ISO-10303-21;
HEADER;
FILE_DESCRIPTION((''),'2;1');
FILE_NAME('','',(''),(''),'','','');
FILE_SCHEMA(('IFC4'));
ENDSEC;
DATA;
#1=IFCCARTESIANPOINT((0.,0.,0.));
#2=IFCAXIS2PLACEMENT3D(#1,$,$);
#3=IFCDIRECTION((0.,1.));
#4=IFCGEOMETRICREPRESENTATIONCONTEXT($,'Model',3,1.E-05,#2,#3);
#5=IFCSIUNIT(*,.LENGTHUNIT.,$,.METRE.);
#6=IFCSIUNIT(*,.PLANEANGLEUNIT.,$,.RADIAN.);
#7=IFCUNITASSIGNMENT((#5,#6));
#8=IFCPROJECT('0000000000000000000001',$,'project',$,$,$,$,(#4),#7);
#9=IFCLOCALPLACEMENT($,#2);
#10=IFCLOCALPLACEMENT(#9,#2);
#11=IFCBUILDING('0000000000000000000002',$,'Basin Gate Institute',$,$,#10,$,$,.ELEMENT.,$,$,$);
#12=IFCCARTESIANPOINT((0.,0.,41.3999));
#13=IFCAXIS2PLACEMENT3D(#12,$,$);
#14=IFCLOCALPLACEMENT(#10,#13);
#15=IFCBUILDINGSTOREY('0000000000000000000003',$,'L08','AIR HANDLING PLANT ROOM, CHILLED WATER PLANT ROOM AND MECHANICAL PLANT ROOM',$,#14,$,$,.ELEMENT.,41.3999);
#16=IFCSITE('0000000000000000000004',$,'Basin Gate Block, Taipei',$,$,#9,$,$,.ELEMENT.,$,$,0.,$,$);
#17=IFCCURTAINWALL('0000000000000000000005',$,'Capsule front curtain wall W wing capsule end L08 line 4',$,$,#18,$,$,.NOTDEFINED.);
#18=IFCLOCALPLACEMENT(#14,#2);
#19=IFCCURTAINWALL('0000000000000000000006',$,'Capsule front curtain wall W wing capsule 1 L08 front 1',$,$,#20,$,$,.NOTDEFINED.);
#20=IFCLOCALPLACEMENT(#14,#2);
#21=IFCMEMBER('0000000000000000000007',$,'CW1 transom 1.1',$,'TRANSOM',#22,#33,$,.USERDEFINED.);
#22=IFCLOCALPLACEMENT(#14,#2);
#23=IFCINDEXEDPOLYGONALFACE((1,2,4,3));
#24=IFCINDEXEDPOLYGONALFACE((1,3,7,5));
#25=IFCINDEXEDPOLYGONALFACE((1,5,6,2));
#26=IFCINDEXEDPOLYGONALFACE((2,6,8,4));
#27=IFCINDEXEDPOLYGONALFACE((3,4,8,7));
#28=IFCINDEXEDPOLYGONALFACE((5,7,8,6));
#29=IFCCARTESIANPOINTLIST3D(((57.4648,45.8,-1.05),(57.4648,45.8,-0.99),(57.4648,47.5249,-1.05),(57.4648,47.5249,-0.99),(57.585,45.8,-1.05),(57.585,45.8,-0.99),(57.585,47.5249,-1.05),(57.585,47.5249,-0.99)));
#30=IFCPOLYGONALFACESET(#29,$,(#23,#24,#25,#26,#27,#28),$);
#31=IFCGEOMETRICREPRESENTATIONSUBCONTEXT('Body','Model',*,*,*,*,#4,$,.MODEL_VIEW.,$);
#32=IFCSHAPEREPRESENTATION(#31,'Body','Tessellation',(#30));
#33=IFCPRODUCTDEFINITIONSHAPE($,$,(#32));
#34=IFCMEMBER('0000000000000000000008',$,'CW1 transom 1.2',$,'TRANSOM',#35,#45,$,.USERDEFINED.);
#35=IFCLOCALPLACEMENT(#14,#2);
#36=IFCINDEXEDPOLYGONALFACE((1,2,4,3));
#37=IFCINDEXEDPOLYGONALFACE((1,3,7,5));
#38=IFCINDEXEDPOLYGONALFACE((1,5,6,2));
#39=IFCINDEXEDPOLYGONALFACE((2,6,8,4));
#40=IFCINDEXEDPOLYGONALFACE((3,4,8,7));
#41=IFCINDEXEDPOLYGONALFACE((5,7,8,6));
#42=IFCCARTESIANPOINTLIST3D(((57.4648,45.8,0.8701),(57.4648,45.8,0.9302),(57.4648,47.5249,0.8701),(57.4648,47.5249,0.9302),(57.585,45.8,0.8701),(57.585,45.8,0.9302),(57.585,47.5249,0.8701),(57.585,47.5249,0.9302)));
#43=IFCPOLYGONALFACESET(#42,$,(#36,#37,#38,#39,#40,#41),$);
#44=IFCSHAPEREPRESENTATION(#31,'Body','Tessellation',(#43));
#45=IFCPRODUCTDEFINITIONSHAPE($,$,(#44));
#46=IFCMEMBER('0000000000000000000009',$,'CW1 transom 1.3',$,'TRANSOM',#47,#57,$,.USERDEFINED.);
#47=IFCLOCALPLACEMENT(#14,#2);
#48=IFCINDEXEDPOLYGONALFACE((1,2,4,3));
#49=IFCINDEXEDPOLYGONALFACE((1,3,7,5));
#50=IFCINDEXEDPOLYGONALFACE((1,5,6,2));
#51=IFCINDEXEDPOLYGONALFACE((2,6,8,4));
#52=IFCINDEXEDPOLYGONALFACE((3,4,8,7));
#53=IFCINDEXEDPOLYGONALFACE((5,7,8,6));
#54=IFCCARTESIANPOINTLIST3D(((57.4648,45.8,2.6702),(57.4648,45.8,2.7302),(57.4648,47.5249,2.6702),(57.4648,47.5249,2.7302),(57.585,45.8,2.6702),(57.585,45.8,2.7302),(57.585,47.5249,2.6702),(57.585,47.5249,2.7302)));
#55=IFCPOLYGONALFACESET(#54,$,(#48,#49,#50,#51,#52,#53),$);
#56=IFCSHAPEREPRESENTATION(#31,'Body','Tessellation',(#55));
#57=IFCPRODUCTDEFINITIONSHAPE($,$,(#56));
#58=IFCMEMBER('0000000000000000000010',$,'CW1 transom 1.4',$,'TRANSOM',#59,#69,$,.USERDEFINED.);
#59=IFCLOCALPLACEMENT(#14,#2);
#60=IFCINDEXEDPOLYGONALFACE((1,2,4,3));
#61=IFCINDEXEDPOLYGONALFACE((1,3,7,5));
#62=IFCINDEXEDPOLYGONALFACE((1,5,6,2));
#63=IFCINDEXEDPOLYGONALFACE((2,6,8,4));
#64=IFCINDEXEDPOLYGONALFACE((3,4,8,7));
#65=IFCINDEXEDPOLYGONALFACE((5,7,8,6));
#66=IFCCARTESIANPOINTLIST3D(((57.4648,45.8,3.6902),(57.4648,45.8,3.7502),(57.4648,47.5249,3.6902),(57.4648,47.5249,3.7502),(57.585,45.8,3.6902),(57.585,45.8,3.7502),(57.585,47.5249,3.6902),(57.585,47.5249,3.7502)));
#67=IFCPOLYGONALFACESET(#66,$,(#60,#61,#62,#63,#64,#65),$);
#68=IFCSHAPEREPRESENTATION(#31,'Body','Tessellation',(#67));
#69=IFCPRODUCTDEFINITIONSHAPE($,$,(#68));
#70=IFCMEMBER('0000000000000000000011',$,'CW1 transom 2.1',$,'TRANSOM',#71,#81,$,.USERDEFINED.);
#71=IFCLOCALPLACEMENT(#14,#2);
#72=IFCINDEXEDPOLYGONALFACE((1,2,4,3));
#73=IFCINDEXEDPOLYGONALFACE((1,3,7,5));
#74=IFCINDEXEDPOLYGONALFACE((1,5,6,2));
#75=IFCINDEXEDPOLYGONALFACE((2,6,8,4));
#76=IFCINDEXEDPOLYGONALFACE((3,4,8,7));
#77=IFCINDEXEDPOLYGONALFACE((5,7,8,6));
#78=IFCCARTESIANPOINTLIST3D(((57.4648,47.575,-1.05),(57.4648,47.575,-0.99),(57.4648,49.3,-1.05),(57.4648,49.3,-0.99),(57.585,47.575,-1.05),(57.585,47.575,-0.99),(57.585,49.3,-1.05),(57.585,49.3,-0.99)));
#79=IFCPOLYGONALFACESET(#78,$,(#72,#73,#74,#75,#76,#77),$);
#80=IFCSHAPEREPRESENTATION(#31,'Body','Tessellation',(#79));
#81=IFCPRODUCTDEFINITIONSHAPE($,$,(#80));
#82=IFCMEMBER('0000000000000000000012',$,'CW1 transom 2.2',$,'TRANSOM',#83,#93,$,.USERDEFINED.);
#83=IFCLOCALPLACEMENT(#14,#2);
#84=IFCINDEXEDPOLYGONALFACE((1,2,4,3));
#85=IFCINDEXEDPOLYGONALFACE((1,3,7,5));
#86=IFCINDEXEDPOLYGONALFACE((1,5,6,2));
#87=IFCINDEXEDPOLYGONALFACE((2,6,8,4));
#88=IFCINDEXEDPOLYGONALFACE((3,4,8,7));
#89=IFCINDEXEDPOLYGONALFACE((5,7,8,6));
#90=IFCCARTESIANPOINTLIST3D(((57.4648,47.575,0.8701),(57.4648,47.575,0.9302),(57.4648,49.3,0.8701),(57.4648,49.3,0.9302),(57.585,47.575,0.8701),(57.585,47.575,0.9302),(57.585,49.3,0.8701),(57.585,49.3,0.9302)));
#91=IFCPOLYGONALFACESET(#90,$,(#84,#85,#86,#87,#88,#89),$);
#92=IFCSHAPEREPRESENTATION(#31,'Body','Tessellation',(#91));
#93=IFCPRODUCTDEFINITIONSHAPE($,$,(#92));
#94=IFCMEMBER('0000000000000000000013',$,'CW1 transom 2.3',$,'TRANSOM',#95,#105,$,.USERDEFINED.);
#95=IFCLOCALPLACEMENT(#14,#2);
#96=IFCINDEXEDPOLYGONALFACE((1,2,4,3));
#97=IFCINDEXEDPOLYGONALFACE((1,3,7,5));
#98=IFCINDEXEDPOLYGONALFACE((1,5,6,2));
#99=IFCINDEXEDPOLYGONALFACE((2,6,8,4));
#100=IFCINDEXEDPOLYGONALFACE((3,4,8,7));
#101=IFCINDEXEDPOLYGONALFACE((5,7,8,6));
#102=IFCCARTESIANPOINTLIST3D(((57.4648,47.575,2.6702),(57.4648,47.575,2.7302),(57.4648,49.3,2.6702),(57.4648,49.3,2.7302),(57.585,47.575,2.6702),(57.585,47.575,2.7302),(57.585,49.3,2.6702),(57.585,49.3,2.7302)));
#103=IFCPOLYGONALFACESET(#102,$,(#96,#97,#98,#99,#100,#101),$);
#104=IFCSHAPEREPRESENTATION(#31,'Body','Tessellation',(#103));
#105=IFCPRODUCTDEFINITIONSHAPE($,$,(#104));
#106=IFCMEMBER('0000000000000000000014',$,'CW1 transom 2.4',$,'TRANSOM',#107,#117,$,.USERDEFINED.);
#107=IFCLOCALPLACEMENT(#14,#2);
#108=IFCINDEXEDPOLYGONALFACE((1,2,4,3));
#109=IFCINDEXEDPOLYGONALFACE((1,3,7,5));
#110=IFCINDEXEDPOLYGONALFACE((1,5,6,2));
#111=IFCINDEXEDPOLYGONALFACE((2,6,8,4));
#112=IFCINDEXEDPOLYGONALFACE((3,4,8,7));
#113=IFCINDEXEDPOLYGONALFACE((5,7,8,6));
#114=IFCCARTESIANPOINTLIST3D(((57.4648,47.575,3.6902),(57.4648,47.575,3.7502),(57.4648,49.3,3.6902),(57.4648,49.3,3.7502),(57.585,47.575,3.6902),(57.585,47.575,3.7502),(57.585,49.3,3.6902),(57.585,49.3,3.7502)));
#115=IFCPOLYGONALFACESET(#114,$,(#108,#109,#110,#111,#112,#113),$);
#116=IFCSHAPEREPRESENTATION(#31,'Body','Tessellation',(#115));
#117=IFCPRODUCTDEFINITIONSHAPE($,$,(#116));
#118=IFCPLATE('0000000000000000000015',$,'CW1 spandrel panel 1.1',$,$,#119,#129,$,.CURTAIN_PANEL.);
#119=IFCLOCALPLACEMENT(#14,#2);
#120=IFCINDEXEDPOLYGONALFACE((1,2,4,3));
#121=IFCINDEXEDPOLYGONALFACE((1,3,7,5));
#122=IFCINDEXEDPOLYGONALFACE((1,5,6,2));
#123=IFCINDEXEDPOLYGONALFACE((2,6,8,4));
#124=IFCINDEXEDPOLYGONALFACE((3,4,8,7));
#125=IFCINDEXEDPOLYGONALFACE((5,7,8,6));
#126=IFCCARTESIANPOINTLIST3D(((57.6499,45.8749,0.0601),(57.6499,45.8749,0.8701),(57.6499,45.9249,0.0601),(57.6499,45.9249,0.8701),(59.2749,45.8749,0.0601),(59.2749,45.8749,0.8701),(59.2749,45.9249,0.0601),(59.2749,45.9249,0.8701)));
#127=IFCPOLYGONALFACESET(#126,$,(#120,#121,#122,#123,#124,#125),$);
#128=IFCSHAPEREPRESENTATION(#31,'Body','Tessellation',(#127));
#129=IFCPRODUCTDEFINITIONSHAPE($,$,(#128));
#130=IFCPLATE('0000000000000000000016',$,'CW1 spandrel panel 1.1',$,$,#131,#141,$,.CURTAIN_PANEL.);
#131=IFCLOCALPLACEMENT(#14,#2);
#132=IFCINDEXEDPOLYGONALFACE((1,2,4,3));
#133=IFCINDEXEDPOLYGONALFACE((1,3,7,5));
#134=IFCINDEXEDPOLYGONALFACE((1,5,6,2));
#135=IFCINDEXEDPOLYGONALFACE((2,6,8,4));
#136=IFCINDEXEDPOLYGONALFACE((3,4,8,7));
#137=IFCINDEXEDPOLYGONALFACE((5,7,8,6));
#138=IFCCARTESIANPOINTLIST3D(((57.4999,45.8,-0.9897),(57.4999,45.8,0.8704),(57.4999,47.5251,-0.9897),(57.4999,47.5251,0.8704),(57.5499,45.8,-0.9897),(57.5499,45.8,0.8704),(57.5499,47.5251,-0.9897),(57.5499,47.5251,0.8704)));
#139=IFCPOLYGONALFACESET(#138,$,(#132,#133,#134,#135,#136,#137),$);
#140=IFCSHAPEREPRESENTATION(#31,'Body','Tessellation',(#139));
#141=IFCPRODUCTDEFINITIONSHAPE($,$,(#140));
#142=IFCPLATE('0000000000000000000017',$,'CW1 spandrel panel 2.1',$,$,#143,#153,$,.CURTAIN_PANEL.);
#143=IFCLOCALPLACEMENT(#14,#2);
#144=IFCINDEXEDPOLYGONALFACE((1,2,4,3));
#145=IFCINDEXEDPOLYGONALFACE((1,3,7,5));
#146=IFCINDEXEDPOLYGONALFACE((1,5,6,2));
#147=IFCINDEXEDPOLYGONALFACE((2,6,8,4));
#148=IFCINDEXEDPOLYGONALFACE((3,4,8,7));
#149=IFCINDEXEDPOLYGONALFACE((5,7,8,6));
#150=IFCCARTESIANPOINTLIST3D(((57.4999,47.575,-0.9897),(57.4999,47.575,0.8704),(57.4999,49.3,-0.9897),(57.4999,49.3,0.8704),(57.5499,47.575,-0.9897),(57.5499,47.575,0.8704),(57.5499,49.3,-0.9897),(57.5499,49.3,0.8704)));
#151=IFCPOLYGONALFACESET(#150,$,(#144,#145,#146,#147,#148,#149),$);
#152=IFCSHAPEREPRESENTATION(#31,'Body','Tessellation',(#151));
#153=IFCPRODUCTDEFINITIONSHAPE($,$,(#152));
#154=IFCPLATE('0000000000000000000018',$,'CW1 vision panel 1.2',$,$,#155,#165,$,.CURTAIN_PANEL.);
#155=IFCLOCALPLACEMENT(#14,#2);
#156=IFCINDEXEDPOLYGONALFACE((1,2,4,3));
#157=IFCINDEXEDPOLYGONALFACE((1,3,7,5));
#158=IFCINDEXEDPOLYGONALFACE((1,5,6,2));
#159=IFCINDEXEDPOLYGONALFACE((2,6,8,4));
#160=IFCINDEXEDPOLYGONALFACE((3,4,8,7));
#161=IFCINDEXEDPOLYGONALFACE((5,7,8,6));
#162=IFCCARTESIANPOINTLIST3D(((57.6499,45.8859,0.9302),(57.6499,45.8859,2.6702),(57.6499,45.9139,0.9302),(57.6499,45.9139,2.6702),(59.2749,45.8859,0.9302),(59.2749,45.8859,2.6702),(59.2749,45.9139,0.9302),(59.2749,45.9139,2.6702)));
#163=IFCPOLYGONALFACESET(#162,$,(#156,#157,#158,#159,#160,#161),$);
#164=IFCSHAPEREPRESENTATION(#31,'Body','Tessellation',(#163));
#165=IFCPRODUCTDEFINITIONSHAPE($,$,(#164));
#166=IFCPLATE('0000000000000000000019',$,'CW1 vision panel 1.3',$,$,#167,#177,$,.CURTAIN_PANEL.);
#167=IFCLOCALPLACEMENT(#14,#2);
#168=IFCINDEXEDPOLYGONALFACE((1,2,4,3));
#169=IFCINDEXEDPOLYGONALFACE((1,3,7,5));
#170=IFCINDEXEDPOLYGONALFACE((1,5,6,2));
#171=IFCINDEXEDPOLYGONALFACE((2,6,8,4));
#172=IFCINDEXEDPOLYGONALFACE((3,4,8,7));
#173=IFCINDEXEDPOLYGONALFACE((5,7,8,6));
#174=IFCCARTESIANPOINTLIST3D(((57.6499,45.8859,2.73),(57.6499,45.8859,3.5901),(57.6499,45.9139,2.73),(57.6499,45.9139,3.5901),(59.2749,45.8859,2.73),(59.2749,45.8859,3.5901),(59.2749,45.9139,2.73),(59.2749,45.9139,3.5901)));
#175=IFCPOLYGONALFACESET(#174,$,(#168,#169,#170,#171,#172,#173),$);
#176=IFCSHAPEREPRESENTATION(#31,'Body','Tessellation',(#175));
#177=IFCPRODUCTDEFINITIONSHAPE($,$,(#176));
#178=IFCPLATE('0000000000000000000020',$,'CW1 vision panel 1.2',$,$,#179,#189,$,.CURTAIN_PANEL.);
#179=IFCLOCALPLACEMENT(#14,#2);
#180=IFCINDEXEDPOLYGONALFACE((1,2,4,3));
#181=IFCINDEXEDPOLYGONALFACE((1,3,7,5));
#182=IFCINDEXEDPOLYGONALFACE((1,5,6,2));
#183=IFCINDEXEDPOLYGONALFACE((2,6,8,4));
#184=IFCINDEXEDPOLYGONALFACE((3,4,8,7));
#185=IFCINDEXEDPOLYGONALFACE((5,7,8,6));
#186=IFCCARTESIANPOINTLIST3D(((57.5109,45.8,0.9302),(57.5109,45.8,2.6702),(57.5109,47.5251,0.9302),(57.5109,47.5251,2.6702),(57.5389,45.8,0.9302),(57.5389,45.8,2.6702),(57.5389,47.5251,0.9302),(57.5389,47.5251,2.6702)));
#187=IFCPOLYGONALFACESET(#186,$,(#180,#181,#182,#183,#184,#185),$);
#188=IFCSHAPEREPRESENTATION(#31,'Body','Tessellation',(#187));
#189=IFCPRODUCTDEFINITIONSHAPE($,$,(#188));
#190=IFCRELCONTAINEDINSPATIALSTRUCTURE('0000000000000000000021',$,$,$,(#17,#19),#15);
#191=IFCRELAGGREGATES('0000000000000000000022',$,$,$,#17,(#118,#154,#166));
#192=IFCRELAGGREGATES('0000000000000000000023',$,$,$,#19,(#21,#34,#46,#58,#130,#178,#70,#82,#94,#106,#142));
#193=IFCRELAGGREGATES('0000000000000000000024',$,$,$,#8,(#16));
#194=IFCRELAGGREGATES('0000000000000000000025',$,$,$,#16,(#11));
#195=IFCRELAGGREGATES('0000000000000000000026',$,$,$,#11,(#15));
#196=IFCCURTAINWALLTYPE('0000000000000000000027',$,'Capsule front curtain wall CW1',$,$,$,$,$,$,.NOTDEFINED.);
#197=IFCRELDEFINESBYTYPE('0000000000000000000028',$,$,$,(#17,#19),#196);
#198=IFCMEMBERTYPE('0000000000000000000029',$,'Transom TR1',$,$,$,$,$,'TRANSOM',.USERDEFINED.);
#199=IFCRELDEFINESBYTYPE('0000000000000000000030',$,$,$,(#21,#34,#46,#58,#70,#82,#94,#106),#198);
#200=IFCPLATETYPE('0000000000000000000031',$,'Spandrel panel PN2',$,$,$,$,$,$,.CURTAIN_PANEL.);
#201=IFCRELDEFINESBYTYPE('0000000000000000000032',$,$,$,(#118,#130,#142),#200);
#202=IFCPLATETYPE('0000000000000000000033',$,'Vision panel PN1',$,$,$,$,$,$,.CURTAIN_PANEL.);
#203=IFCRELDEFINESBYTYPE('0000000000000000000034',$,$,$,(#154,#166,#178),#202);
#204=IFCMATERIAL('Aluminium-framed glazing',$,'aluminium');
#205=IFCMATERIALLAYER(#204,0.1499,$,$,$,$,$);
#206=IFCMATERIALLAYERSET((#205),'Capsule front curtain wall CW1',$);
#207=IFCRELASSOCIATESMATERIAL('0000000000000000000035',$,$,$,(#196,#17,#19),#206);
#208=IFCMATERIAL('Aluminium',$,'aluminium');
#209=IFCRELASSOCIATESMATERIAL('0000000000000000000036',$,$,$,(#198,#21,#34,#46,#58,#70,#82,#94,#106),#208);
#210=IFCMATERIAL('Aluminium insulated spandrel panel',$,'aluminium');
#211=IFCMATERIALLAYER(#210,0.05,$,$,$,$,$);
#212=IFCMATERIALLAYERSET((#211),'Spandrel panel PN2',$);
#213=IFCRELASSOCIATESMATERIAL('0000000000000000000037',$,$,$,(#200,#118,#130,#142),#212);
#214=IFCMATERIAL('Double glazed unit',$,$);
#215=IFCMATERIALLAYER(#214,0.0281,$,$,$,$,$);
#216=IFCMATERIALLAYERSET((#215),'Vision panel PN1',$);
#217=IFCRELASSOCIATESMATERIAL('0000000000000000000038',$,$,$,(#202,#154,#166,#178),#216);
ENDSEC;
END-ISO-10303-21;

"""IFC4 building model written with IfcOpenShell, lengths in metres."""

from ifc_helpers import new_model, si_unit, direction, frame, origin, origin_2d, place, context, subcontext, project, spatial, rectangle, extrude, material, layer, layer_set, material_profile, profile_set, type_object, element, aggregate, save


model = new_model("IFC4")

# Units and contexts
model_context = context("Model", 3, precision=1e-05, world=origin(), true_north=direction((0.0, 1.0)))
body_context = subcontext(model_context, "Body", "Model", "MODEL_VIEW")
ifc_project = project(units=[si_unit("LENGTHUNIT", "METRE"), si_unit("PLANEANGLEUNIT", "RADIAN")], contexts=[model_context])

# Site, building, storey
site_placement = place(None, origin())
site = spatial("IfcSite", under=ifc_project, at=site_placement, Name="Basin Gate Block, Taipei", CompositionType="ELEMENT", RefElevation=0.0)
building_placement = place(site_placement, origin())
building = spatial("IfcBuilding", under=site, at=building_placement, Name="Basin Gate Institute", CompositionType="ELEMENT")
storey_placement = place(building_placement, frame((0.0, 0.0, 41.3999)))
storey = spatial("IfcBuildingStorey", under=building, at=storey_placement, Name="L08", Description="AIR HANDLING PLANT ROOM, CHILLED WATER PLANT ROOM AND MECHANICAL PLANT ROOM", CompositionType="ELEMENT", Elevation=41.3999)

# Curtain walls
ifc_material_1 = material(Name="Aluminium-framed glazing", Category="aluminium")
ifc_layer_1 = layer(ifc_material_1, 0.1499)
ifc_layer_set_1 = layer_set([ifc_layer_1], Name="Capsule front curtain wall CW1")
curtain_wall_type = type_object("IfcCurtainWallType", Name="Capsule front curtain wall CW1", PredefinedType="NOTDEFINED", material=ifc_layer_set_1)
curtain_wall_1_placement = place(storey_placement, origin())
curtain_wall_1 = element("IfcCurtainWall", 1, at=curtain_wall_1_placement, inside=storey, type_object=curtain_wall_type, material=ifc_layer_set_1, Name="Capsule front curtain wall W wing capsule end L08 line 4", PredefinedType="NOTDEFINED")
curtain_wall_2_placement = place(storey_placement, origin())
curtain_wall_2 = element("IfcCurtainWall", 2, at=curtain_wall_2_placement, inside=storey, type_object=curtain_wall_type, material=ifc_layer_set_1, Name="Capsule front curtain wall W wing capsule 1 L08 front 1", PredefinedType="NOTDEFINED")

# Members
ifc_material_2 = material(Name="Aluminium", Category="aluminium")
ifc_material_profile_1 = material_profile(ifc_material_2, rectangle(XDim=0.1201, YDim=0.0601, at=origin_2d()), Name="Transom TR1 120 x 60")
ifc_profile_set_1 = profile_set([ifc_material_profile_1], Name="Aluminium")
member_type_1 = type_object("IfcMemberType", Name="Transom TR1", ElementType="TRANSOM", PredefinedType="USERDEFINED", material=ifc_profile_set_1)
member_1_placement = place(storey_placement, frame((57.5249, 45.8, -1.02), z_axis=(0.0, 1.0, 0.0), x_axis=(-1.0, 0.0, 0.0)))
member_1 = element("IfcMember", 3, at=member_1_placement, type_object=member_type_1, material=ifc_profile_set_1, Name="CW1 transom 1.1", ObjectType="TRANSOM", PredefinedType="USERDEFINED", context=body_context, shape_type="SweptSolid", body=[
    extrude(rectangle(XDim=0.1201, YDim=0.0601, at=origin_2d()), origin(), (0.0, 0.0, 1.0), 1.7249),
])
member_2_placement = place(storey_placement, frame((57.5249, 45.8, 0.9001), z_axis=(0.0, 1.0, 0.0), x_axis=(-1.0, 0.0, 0.0)))
member_2 = element("IfcMember", 4, at=member_2_placement, type_object=member_type_1, material=ifc_profile_set_1, Name="CW1 transom 1.2", ObjectType="TRANSOM", PredefinedType="USERDEFINED", context=body_context, shape_type="SweptSolid", body=[
    extrude(rectangle(XDim=0.1201, YDim=0.0601, at=origin_2d()), origin(), (0.0, 0.0, 1.0), 1.7249),
])
member_3_placement = place(storey_placement, frame((57.5249, 45.8, 2.7002), z_axis=(0.0, 1.0, 0.0), x_axis=(-1.0, 0.0, 0.0)))
member_3 = element("IfcMember", 5, at=member_3_placement, type_object=member_type_1, material=ifc_profile_set_1, Name="CW1 transom 1.3", ObjectType="TRANSOM", PredefinedType="USERDEFINED", context=body_context, shape_type="SweptSolid", body=[
    extrude(rectangle(XDim=0.1201, YDim=0.0601, at=origin_2d()), origin(), (0.0, 0.0, 1.0), 1.7249),
])
member_4_placement = place(storey_placement, frame((57.5249, 45.8, 3.7202), z_axis=(0.0, 1.0, 0.0), x_axis=(-1.0, 0.0, 0.0)))
member_4 = element("IfcMember", 6, at=member_4_placement, type_object=member_type_1, material=ifc_profile_set_1, Name="CW1 transom 1.4", ObjectType="TRANSOM", PredefinedType="USERDEFINED", context=body_context, shape_type="SweptSolid", body=[
    extrude(rectangle(XDim=0.1201, YDim=0.0601, at=origin_2d()), origin(), (0.0, 0.0, 1.0), 1.7249),
])
member_5_placement = place(storey_placement, frame((57.5249, 47.575, -1.02), z_axis=(0.0, 1.0, 0.0), x_axis=(-1.0, 0.0, 0.0)))
member_5 = element("IfcMember", 7, at=member_5_placement, type_object=member_type_1, material=ifc_profile_set_1, Name="CW1 transom 2.1", ObjectType="TRANSOM", PredefinedType="USERDEFINED", context=body_context, shape_type="SweptSolid", body=[
    extrude(rectangle(XDim=0.1201, YDim=0.0601, at=origin_2d()), origin(), (0.0, 0.0, 1.0), 1.7251),
])
member_6_placement = place(storey_placement, frame((57.5249, 47.575, 0.9001), z_axis=(0.0, 1.0, 0.0), x_axis=(-1.0, 0.0, 0.0)))
member_6 = element("IfcMember", 8, at=member_6_placement, type_object=member_type_1, material=ifc_profile_set_1, Name="CW1 transom 2.2", ObjectType="TRANSOM", PredefinedType="USERDEFINED", context=body_context, shape_type="SweptSolid", body=[
    extrude(rectangle(XDim=0.1201, YDim=0.0601, at=origin_2d()), origin(), (0.0, 0.0, 1.0), 1.7251),
])
member_7_placement = place(storey_placement, frame((57.5249, 47.575, 2.7002), z_axis=(0.0, 1.0, 0.0), x_axis=(-1.0, 0.0, 0.0)))
member_7 = element("IfcMember", 9, at=member_7_placement, type_object=member_type_1, material=ifc_profile_set_1, Name="CW1 transom 2.3", ObjectType="TRANSOM", PredefinedType="USERDEFINED", context=body_context, shape_type="SweptSolid", body=[
    extrude(rectangle(XDim=0.1201, YDim=0.0601, at=origin_2d()), origin(), (0.0, 0.0, 1.0), 1.7251),
])
member_8_placement = place(storey_placement, frame((57.5249, 47.575, 3.7202), z_axis=(0.0, 1.0, 0.0), x_axis=(-1.0, 0.0, 0.0)))
member_8 = element("IfcMember", 10, at=member_8_placement, type_object=member_type_1, material=ifc_profile_set_1, Name="CW1 transom 2.4", ObjectType="TRANSOM", PredefinedType="USERDEFINED", context=body_context, shape_type="SweptSolid", body=[
    extrude(rectangle(XDim=0.1201, YDim=0.0601, at=origin_2d()), origin(), (0.0, 0.0, 1.0), 1.7251),
])

# Plates
ifc_material_3 = material(Name="Aluminium insulated spandrel panel", Category="aluminium")
ifc_layer_2 = layer(ifc_material_3, 0.05)
ifc_layer_set_2 = layer_set([ifc_layer_2], Name="Spandrel panel PN2")
plate_type_1 = type_object("IfcPlateType", Name="Spandrel panel PN2", PredefinedType="CURTAIN_PANEL", material=ifc_layer_set_2)
plate_1_placement = place(storey_placement, frame((58.4624, 45.8999, 0.0601), z_axis=(0.0, 0.0, 1.0), x_axis=(1.0, 0.0, 0.0)))
plate_1 = element("IfcPlate", 11, at=plate_1_placement, type_object=plate_type_1, material=ifc_layer_set_2, Name="CW1 spandrel panel 1.1", PredefinedType="CURTAIN_PANEL", context=body_context, shape_type="SweptSolid", body=[
    extrude(rectangle(XDim=1.625, YDim=0.05, at=origin_2d()), origin(), (0.0, 0.0, 1.0), 0.8101),
])
plate_2_placement = place(storey_placement, frame((57.5249, 46.6626, -0.9897), z_axis=(0.0, 0.0, 1.0), x_axis=(0.0, 1.0, 0.0)))
plate_2 = element("IfcPlate", 12, at=plate_2_placement, type_object=plate_type_1, material=ifc_layer_set_2, Name="CW1 spandrel panel 1.1", PredefinedType="CURTAIN_PANEL", context=body_context, shape_type="SweptSolid", body=[
    extrude(rectangle(XDim=1.7251, YDim=0.05, at=origin_2d()), origin(), (0.0, 0.0, 1.0), 1.8601),
])
plate_3_placement = place(storey_placement, frame((57.5249, 48.4375, -0.9897), z_axis=(0.0, 0.0, 1.0), x_axis=(0.0, 1.0, 0.0)))
plate_3 = element("IfcPlate", 13, at=plate_3_placement, type_object=plate_type_1, material=ifc_layer_set_2, Name="CW1 spandrel panel 2.1", PredefinedType="CURTAIN_PANEL", context=body_context, shape_type="SweptSolid", body=[
    extrude(rectangle(XDim=1.7251, YDim=0.05, at=origin_2d()), origin(), (0.0, 0.0, 1.0), 1.8601),
])
ifc_material_4 = material(Name="Double glazed unit")
ifc_layer_3 = layer(ifc_material_4, 0.0281)
ifc_layer_set_3 = layer_set([ifc_layer_3], Name="Vision panel PN1")
plate_type_2 = type_object("IfcPlateType", Name="Vision panel PN1", PredefinedType="CURTAIN_PANEL", material=ifc_layer_set_3)
plate_4_placement = place(storey_placement, frame((58.4624, 45.8999, 0.9302), z_axis=(0.0, 0.0, 1.0), x_axis=(1.0, 0.0, 0.0)))
plate_4 = element("IfcPlate", 14, at=plate_4_placement, type_object=plate_type_2, material=ifc_layer_set_3, Name="CW1 vision panel 1.2", PredefinedType="CURTAIN_PANEL", context=body_context, shape_type="SweptSolid", body=[
    extrude(rectangle(XDim=1.625, YDim=0.0281, at=origin_2d()), origin(), (0.0, 0.0, 1.0), 1.74),
])
plate_5_placement = place(storey_placement, frame((58.4624, 45.8999, 2.73), z_axis=(0.0, 0.0, 1.0), x_axis=(1.0, 0.0, 0.0)))
plate_5 = element("IfcPlate", 15, at=plate_5_placement, type_object=plate_type_2, material=ifc_layer_set_3, Name="CW1 vision panel 1.3", PredefinedType="CURTAIN_PANEL", context=body_context, shape_type="SweptSolid", body=[
    extrude(rectangle(XDim=1.625, YDim=0.0281, at=origin_2d()), origin(), (0.0, 0.0, 1.0), 0.8601),
])
aggregate(curtain_wall_1, [plate_1, plate_4, plate_5])
plate_6_placement = place(storey_placement, frame((57.5249, 46.6626, 0.9302), z_axis=(0.0, 0.0, 1.0), x_axis=(0.0, 1.0, 0.0)))
plate_6 = element("IfcPlate", 16, at=plate_6_placement, type_object=plate_type_2, material=ifc_layer_set_3, Name="CW1 vision panel 1.2", PredefinedType="CURTAIN_PANEL", context=body_context, shape_type="SweptSolid", body=[
    extrude(rectangle(XDim=1.7251, YDim=0.0281, at=origin_2d()), origin(), (0.0, 0.0, 1.0), 1.74),
])
aggregate(curtain_wall_2, [member_1, member_2, member_3, member_4, plate_2, plate_6, member_5, member_6, member_7, member_8, plate_3])

save(model, "model.ifc")
